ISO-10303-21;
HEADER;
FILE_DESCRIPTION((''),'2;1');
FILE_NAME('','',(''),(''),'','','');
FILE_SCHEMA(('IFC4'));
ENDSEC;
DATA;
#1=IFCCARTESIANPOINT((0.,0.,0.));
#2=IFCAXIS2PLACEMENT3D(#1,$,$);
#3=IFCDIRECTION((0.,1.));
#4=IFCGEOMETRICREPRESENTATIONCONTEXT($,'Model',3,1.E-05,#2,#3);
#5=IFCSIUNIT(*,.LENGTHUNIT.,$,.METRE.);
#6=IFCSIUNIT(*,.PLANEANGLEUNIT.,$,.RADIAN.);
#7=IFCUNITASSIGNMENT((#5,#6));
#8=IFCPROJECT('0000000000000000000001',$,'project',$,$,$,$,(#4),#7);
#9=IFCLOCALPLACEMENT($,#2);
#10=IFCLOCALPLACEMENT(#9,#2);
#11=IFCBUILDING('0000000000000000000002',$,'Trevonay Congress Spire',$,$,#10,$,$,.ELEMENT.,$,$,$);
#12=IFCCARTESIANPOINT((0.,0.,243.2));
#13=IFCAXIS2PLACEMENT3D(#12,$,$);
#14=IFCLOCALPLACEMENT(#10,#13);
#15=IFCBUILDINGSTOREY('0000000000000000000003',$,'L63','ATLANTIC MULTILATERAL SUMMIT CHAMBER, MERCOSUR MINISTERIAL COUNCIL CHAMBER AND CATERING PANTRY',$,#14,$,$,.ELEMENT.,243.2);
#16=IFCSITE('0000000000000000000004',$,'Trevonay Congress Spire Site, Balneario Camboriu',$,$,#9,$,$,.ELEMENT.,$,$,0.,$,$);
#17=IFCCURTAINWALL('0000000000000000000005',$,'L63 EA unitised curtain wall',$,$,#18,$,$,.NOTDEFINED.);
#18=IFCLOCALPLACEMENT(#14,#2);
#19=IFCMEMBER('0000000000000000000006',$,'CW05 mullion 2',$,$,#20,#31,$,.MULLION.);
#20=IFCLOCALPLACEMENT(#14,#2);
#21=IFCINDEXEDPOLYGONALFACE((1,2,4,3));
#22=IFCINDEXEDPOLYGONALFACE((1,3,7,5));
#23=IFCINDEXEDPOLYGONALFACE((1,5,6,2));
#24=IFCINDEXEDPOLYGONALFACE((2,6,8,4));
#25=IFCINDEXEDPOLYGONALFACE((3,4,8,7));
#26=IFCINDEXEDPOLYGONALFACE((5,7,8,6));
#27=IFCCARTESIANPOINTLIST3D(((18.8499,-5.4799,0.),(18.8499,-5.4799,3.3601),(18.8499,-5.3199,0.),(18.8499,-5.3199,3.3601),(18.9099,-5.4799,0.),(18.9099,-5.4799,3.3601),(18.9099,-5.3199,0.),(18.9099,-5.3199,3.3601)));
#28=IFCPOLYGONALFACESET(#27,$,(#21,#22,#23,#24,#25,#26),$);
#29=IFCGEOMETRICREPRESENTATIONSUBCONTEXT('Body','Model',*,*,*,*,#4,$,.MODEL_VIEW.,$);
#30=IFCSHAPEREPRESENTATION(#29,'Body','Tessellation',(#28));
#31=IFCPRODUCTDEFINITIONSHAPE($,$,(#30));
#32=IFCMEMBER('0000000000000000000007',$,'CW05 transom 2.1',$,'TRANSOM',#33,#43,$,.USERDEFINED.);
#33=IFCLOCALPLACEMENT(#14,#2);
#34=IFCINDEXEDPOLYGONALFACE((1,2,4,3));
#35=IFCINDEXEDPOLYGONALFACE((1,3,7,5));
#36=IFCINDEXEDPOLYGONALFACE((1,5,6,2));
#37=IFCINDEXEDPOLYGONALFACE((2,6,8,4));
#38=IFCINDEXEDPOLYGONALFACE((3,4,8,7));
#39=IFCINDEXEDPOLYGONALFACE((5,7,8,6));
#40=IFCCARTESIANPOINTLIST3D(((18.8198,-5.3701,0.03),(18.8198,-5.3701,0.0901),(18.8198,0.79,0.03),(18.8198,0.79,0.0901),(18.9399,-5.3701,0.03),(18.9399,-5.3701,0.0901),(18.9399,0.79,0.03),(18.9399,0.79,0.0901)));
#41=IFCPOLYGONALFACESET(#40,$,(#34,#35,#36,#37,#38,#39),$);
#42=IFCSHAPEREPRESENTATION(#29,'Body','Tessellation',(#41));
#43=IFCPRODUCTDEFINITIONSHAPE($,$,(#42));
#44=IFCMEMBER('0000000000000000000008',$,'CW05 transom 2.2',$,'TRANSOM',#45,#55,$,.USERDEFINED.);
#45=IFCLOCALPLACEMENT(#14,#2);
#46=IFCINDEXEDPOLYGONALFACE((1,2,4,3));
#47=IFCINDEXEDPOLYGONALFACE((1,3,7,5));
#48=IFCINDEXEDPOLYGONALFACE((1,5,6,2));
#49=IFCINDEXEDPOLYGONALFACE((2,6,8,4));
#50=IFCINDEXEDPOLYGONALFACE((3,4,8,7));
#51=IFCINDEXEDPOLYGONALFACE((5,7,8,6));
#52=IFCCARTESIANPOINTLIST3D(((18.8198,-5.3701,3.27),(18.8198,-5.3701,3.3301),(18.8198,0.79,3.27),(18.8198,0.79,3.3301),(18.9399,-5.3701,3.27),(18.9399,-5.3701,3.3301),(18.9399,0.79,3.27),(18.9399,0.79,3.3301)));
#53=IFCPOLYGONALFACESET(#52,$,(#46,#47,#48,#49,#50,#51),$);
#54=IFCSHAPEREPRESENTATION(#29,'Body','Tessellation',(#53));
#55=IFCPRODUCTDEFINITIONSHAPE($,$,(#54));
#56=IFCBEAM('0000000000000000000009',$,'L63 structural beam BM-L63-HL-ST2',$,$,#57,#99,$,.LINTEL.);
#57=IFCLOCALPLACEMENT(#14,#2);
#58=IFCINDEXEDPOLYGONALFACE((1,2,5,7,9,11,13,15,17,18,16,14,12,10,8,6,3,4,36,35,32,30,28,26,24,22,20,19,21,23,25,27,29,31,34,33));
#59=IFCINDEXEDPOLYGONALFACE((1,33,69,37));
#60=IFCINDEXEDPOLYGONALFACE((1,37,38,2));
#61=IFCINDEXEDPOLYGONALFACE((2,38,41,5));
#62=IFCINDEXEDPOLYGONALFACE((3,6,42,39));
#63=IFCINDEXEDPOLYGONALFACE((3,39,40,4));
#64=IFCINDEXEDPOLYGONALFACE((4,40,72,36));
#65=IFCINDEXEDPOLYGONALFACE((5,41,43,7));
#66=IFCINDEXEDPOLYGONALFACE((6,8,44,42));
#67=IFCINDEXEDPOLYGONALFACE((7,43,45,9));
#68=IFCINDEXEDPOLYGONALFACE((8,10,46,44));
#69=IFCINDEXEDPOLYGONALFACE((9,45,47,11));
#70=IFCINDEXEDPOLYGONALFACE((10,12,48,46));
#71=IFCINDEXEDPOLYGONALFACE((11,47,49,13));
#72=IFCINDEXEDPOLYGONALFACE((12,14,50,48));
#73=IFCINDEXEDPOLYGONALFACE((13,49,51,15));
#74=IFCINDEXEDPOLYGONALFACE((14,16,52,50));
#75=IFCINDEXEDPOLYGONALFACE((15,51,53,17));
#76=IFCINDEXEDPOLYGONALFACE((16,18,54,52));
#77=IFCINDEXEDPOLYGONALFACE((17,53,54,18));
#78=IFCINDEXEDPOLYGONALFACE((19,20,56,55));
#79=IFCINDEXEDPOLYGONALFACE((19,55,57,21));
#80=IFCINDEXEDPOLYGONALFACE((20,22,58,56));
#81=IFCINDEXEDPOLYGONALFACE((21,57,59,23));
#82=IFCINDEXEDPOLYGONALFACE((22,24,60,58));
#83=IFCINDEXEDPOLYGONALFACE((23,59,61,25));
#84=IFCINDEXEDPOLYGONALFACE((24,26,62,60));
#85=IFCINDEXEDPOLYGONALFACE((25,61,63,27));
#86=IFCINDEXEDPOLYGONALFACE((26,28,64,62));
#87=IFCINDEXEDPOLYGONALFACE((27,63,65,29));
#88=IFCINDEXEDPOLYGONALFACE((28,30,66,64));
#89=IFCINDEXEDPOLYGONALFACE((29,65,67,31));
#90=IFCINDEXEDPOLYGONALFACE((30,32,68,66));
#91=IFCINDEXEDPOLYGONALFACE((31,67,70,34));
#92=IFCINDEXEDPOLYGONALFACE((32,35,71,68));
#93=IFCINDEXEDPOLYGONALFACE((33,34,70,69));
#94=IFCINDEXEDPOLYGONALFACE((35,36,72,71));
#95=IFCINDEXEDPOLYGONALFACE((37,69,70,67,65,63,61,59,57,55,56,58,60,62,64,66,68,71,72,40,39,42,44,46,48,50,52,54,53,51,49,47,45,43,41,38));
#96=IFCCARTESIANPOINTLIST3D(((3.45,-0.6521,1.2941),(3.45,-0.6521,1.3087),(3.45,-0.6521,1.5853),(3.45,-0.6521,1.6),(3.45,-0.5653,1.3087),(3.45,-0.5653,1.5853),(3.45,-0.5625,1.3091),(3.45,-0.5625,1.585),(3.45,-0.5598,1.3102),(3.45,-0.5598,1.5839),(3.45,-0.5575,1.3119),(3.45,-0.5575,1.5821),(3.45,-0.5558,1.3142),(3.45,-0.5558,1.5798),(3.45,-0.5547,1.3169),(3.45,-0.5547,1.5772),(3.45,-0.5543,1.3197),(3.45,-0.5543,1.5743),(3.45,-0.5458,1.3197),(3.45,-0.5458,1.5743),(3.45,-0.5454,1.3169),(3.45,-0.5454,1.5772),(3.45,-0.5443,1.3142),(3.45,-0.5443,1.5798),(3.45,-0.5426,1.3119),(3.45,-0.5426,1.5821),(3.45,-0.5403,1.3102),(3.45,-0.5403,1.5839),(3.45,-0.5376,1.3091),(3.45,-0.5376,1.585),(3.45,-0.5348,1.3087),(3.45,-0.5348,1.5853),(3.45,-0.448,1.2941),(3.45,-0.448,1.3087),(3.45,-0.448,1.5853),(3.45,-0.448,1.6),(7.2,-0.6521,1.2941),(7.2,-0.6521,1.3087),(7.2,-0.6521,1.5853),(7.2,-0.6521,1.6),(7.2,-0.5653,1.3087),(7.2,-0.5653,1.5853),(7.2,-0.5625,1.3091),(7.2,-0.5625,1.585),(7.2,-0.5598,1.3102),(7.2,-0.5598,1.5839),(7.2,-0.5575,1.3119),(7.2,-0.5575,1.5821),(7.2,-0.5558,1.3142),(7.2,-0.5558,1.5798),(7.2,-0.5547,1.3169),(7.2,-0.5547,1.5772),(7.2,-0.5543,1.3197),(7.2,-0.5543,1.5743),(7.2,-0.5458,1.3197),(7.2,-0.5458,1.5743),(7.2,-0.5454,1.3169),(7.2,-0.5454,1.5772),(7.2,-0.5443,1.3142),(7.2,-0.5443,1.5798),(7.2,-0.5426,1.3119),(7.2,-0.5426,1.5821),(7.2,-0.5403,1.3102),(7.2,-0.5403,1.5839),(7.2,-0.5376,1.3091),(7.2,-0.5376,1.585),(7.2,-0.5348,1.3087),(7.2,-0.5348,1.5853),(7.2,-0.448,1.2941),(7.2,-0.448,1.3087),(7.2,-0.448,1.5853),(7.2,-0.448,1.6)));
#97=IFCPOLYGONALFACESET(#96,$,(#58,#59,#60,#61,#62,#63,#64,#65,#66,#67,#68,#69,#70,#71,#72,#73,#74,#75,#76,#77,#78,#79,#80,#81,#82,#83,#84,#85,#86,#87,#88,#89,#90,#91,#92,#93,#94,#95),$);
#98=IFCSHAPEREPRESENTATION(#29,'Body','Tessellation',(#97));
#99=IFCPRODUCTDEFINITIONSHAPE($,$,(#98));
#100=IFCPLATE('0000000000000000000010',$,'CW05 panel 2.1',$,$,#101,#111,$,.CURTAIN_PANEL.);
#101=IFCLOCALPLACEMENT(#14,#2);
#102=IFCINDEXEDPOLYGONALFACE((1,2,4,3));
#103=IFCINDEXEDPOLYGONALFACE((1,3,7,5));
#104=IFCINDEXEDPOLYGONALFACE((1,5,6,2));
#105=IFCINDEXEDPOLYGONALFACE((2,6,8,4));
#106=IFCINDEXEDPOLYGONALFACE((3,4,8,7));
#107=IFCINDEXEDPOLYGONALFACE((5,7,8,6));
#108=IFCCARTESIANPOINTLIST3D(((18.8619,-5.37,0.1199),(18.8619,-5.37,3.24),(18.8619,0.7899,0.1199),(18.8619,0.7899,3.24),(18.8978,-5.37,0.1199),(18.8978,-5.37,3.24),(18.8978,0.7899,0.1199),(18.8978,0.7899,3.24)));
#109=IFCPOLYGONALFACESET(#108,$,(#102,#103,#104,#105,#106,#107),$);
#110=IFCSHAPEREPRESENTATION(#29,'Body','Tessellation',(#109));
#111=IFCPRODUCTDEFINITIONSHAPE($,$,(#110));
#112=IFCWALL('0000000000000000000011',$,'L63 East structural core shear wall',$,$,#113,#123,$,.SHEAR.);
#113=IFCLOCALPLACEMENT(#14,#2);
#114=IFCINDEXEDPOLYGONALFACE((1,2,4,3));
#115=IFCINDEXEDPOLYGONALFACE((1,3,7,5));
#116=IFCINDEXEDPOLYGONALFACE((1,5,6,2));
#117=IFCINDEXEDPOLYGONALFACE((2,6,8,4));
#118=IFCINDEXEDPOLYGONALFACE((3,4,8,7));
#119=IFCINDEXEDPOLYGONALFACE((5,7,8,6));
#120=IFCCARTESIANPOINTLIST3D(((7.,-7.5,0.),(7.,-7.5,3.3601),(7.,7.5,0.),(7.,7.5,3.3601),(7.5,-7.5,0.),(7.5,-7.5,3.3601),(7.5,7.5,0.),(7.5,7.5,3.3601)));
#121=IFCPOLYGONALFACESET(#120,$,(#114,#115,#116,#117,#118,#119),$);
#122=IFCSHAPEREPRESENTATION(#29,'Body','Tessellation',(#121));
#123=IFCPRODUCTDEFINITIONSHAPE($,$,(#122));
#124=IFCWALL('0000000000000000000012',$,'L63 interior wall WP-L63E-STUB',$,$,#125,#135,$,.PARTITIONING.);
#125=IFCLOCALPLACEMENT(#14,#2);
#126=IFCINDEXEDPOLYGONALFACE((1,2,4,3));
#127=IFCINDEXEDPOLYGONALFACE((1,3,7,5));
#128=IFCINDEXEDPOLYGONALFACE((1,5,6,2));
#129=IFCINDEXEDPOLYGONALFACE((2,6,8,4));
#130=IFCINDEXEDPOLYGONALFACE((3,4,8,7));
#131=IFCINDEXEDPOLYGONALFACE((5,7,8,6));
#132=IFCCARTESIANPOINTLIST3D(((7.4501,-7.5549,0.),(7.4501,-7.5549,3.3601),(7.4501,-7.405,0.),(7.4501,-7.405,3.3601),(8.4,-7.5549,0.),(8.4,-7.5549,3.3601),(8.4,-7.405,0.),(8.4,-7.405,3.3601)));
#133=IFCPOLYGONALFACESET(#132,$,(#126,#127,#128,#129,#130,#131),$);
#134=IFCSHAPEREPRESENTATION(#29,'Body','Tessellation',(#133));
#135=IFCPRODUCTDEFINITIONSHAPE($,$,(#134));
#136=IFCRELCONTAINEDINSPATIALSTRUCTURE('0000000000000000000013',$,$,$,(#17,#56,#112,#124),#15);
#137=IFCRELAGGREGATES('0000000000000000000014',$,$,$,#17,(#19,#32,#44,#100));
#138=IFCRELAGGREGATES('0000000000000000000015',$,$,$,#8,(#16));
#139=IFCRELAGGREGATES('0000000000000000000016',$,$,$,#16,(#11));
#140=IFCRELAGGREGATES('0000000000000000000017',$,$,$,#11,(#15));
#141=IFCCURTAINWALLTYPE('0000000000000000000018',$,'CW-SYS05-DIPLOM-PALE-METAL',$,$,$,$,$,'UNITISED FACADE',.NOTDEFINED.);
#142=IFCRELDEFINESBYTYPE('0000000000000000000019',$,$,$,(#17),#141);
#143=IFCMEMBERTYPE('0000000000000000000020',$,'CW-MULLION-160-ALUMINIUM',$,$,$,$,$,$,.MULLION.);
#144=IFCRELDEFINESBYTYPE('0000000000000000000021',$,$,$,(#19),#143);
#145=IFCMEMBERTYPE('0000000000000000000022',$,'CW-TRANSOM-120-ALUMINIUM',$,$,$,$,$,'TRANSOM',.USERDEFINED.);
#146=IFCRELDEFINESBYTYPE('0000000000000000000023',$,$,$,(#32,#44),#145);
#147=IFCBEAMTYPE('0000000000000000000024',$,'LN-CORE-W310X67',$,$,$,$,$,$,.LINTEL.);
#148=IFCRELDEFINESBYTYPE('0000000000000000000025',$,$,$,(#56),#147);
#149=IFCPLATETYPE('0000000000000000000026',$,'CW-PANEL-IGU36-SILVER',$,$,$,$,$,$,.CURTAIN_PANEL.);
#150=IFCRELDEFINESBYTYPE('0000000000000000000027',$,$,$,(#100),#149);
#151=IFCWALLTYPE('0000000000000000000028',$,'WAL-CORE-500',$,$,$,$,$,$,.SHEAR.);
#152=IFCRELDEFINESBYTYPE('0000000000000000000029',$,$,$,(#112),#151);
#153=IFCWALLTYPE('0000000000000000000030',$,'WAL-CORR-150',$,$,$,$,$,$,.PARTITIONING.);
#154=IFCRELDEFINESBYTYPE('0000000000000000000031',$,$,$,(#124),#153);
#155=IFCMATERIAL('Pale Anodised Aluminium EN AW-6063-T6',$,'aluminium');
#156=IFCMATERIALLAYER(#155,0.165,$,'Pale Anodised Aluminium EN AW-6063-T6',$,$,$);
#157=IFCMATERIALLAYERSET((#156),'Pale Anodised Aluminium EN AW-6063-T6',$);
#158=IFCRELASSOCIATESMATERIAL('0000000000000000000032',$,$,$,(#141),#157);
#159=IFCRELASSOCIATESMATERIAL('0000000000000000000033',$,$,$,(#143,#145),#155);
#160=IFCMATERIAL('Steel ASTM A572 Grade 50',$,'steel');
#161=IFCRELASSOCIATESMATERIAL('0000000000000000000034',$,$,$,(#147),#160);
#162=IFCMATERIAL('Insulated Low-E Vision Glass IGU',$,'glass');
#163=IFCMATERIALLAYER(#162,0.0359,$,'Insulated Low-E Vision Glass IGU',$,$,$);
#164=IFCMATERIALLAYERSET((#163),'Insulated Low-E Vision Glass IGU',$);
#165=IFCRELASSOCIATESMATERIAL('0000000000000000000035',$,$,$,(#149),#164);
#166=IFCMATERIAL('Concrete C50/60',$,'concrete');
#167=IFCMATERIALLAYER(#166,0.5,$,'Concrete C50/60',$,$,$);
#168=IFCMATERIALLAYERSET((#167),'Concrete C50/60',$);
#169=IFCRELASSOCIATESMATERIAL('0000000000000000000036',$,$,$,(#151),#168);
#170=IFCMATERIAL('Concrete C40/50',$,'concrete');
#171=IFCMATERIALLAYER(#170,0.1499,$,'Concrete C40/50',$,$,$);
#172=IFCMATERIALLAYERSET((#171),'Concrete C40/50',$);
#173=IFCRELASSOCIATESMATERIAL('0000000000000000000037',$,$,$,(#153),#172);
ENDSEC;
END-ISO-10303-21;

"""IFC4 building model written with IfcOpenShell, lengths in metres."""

from ifc_helpers import new_model, si_unit, direction, frame, frame_2d, origin, origin_2d, place, context, subcontext, project, spatial, rectangle, i_section, extrude, material, layer, layer_set, material_profile, profile_set, type_object, element, aggregate, save


model = new_model("IFC4")

# Units and contexts
model_context = context("Model", 3, precision=1e-05, world=origin(), true_north=direction((0.0, 1.0)))
body_context = subcontext(model_context, "Body", "Model", "MODEL_VIEW")
ifc_project = project(units=[si_unit("LENGTHUNIT", "METRE"), si_unit("PLANEANGLEUNIT", "RADIAN")], contexts=[model_context])

# Site, building, storey
site_placement = place(None, origin())
site = spatial("IfcSite", under=ifc_project, at=site_placement, Name="Trevonay Congress Spire Site, Balneario Camboriu", CompositionType="ELEMENT", RefElevation=0.0)
building_placement = place(site_placement, origin())
building = spatial("IfcBuilding", under=site, at=building_placement, Name="Trevonay Congress Spire", CompositionType="ELEMENT")
storey_placement = place(building_placement, frame((0.0, 0.0, 243.2)))
storey = spatial("IfcBuildingStorey", under=building, at=storey_placement, Name="L63", Description="ATLANTIC MULTILATERAL SUMMIT CHAMBER, MERCOSUR MINISTERIAL COUNCIL CHAMBER AND CATERING PANTRY", CompositionType="ELEMENT", Elevation=243.2)

# Shared definitions
ifc_material_1 = material(Name="Steel ASTM A572 Grade 50", Category="steel")

# Curtain wall, members
ifc_material_2 = material(Name="Pale Anodised Aluminium EN AW-6063-T6", Category="aluminium")
ifc_layer_1 = layer(ifc_material_2, 0.165, Name="Pale Anodised Aluminium EN AW-6063-T6")
ifc_layer_set_1 = layer_set([ifc_layer_1], Name="Pale Anodised Aluminium EN AW-6063-T6")
curtain_wall_type = type_object("IfcCurtainWallType", Name="CW-SYS05-DIPLOM-PALE-METAL", ElementType="UNITISED FACADE", PredefinedType="NOTDEFINED", material=ifc_layer_set_1)
curtain_wall_placement = place(storey_placement, origin())
curtain_wall = element("IfcCurtainWall", 1, at=curtain_wall_placement, inside=storey, type_object=curtain_wall_type, Name="L63 EA unitised curtain wall", PredefinedType="NOTDEFINED")
ifc_material_profile_1 = material_profile(ifc_material_2, rectangle(XDim=0.0601, YDim=0.1599, at=origin_2d()), Name="CW-MULLION-160-ALUMINIUM")
ifc_profile_set_1 = profile_set([ifc_material_profile_1], Name="Pale Anodised Aluminium EN AW-6063-T6")
member_type_1 = type_object("IfcMemberType", Name="CW-MULLION-160-ALUMINIUM", PredefinedType="MULLION", material=ifc_profile_set_1)
member_1_placement = place(storey_placement, frame((18.8799, -5.3999, 0.0), z_axis=(0.0, 0.0, 1.0), x_axis=(-1.0, 0.0, 0.0)))
member_1 = element("IfcMember", 2, at=member_1_placement, type_object=member_type_1, Name="CW05 mullion 2", PredefinedType="MULLION", context=body_context, shape_type="SweptSolid", body=[
    extrude(rectangle(XDim=0.0601, YDim=0.1599, at=origin_2d()), origin(), (0.0, 0.0, 1.0), 3.3601),
])
ifc_material_profile_2 = material_profile(ifc_material_2, rectangle(XDim=0.1201, YDim=0.0601, at=origin_2d()), Name="CW-TRANSOM-120-ALUMINIUM")
ifc_profile_set_2 = profile_set([ifc_material_profile_2], Name="Pale Anodised Aluminium EN AW-6063-T6")
member_type_2 = type_object("IfcMemberType", Name="CW-TRANSOM-120-ALUMINIUM", ElementType="TRANSOM", PredefinedType="USERDEFINED", material=ifc_profile_set_2)
member_2_placement = place(storey_placement, frame((18.8799, -5.3701, 0.0601), z_axis=(0.0, 1.0, 0.0), x_axis=(-1.0, 0.0, 0.0)))
member_2 = element("IfcMember", 3, at=member_2_placement, type_object=member_type_2, Name="CW05 transom 2.1", ObjectType="TRANSOM", PredefinedType="USERDEFINED", context=body_context, shape_type="SweptSolid", body=[
    extrude(rectangle(XDim=0.1201, YDim=0.0601, at=origin_2d()), origin(), (0.0, 0.0, 1.0), 6.1602),
])
member_3_placement = place(storey_placement, frame((18.8799, -5.3701, 3.3), z_axis=(0.0, 1.0, 0.0), x_axis=(-1.0, 0.0, 0.0)))
member_3 = element("IfcMember", 4, at=member_3_placement, type_object=member_type_2, Name="CW05 transom 2.2", ObjectType="TRANSOM", PredefinedType="USERDEFINED", context=body_context, shape_type="SweptSolid", body=[
    extrude(rectangle(XDim=0.1201, YDim=0.0601, at=origin_2d()), origin(), (0.0, 0.0, 1.0), 6.1602),
])

# Beam
ifc_material_profile_3 = material_profile(ifc_material_1, i_section(OverallWidth=0.2041, OverallDepth=0.3059, WebThickness=0.0085, FlangeThickness=0.0146, FilletRadius=0.011, at=origin_2d()), Name="W310x67")
ifc_profile_set_3 = profile_set([ifc_material_profile_3], Name="Steel ASTM A572 Grade 50")
beam_type_1 = type_object("IfcBeamType", Name="LN-CORE-W310X67", PredefinedType="LINTEL", material=ifc_profile_set_3)
beam_1_placement = place(storey_placement, frame((3.45, -0.55, 1.447), z_axis=(1.0, 0.0, 0.0), x_axis=(0.0, 1.0, 0.0)))
element("IfcBeam", 5, at=beam_1_placement, inside=storey, type_object=beam_type_1, Name="L63 structural beam BM-L63-HL-ST2", PredefinedType="LINTEL", context=body_context, shape_type="SweptSolid", body=[
    extrude(i_section(OverallWidth=0.2041, OverallDepth=0.3059, WebThickness=0.0085, FlangeThickness=0.0146, FilletRadius=0.011, at=origin_2d()), origin(), (0.0, 0.0, 1.0), 3.75),
])

# Plate
ifc_material_3 = material(Name="Insulated Low-E Vision Glass IGU", Category="glass")
ifc_layer_2 = layer(ifc_material_3, 0.0359, Name="Insulated Low-E Vision Glass IGU")
ifc_layer_set_2 = layer_set([ifc_layer_2], Name="Insulated Low-E Vision Glass IGU")
plate_type = type_object("IfcPlateType", Name="CW-PANEL-IGU36-SILVER", PredefinedType="CURTAIN_PANEL", material=ifc_layer_set_2)
plate_placement = place(storey_placement, frame((18.8799, -2.29, 0.1199), z_axis=(0.0, 0.0, 1.0), x_axis=(0.0, 1.0, 0.0)))
plate = element("IfcPlate", 6, at=plate_placement, type_object=plate_type, Name="CW05 panel 2.1", PredefinedType="CURTAIN_PANEL", context=body_context, shape_type="SweptSolid", body=[
    extrude(rectangle(XDim=6.1599, YDim=0.0359, at=origin_2d()), origin(), (0.0, 0.0, 1.0), 3.1201),
])
aggregate(curtain_wall, [member_1, member_2, member_3, plate])

# Walls
ifc_material_4 = material(Name="Concrete C50/60", Category="concrete")
ifc_layer_3 = layer(ifc_material_4, 0.5, Name="Concrete C50/60")
ifc_layer_set_3 = layer_set([ifc_layer_3], Name="Concrete C50/60")
wall_type_1 = type_object("IfcWallType", Name="WAL-CORE-500", PredefinedType="SHEAR", material=ifc_layer_set_3)
wall_1_placement = place(storey_placement, frame((7.25, -7.5, 0.0), z_axis=(0.0, 0.0, 1.0), x_axis=(0.0, 1.0, 0.0)))
element("IfcWall", 7, at=wall_1_placement, inside=storey, type_object=wall_type_1, Name="L63 East structural core shear wall", PredefinedType="SHEAR", context=body_context, shape_type="SweptSolid", body=[
    extrude(rectangle(XDim=15.0, YDim=0.5, at=frame_2d((7.5, 0.0))), origin(), (0.0, 0.0, 1.0), 3.3601),
])
ifc_material_5 = material(Name="Concrete C40/50", Category="concrete")
ifc_layer_4 = layer(ifc_material_5, 0.1499, Name="Concrete C40/50")
ifc_layer_set_4 = layer_set([ifc_layer_4], Name="Concrete C40/50")
wall_type_2 = type_object("IfcWallType", Name="WAL-CORR-150", PredefinedType="PARTITIONING", material=ifc_layer_set_4)
wall_2_placement = place(storey_placement, frame((7.45, -7.48, 0.0), z_axis=(0.0, 0.0, 1.0), x_axis=(1.0, 0.0, 0.0)))
element("IfcWall", 8, at=wall_2_placement, inside=storey, type_object=wall_type_2, Name="L63 interior wall WP-L63E-STUB", PredefinedType="PARTITIONING", context=body_context, shape_type="SweptSolid", body=[
    extrude(rectangle(XDim=0.95, YDim=0.1499, at=frame_2d((0.4751, 0.0))), origin(), (0.0, 0.0, 1.0), 3.3601),
])

save(model, "model.ifc")
